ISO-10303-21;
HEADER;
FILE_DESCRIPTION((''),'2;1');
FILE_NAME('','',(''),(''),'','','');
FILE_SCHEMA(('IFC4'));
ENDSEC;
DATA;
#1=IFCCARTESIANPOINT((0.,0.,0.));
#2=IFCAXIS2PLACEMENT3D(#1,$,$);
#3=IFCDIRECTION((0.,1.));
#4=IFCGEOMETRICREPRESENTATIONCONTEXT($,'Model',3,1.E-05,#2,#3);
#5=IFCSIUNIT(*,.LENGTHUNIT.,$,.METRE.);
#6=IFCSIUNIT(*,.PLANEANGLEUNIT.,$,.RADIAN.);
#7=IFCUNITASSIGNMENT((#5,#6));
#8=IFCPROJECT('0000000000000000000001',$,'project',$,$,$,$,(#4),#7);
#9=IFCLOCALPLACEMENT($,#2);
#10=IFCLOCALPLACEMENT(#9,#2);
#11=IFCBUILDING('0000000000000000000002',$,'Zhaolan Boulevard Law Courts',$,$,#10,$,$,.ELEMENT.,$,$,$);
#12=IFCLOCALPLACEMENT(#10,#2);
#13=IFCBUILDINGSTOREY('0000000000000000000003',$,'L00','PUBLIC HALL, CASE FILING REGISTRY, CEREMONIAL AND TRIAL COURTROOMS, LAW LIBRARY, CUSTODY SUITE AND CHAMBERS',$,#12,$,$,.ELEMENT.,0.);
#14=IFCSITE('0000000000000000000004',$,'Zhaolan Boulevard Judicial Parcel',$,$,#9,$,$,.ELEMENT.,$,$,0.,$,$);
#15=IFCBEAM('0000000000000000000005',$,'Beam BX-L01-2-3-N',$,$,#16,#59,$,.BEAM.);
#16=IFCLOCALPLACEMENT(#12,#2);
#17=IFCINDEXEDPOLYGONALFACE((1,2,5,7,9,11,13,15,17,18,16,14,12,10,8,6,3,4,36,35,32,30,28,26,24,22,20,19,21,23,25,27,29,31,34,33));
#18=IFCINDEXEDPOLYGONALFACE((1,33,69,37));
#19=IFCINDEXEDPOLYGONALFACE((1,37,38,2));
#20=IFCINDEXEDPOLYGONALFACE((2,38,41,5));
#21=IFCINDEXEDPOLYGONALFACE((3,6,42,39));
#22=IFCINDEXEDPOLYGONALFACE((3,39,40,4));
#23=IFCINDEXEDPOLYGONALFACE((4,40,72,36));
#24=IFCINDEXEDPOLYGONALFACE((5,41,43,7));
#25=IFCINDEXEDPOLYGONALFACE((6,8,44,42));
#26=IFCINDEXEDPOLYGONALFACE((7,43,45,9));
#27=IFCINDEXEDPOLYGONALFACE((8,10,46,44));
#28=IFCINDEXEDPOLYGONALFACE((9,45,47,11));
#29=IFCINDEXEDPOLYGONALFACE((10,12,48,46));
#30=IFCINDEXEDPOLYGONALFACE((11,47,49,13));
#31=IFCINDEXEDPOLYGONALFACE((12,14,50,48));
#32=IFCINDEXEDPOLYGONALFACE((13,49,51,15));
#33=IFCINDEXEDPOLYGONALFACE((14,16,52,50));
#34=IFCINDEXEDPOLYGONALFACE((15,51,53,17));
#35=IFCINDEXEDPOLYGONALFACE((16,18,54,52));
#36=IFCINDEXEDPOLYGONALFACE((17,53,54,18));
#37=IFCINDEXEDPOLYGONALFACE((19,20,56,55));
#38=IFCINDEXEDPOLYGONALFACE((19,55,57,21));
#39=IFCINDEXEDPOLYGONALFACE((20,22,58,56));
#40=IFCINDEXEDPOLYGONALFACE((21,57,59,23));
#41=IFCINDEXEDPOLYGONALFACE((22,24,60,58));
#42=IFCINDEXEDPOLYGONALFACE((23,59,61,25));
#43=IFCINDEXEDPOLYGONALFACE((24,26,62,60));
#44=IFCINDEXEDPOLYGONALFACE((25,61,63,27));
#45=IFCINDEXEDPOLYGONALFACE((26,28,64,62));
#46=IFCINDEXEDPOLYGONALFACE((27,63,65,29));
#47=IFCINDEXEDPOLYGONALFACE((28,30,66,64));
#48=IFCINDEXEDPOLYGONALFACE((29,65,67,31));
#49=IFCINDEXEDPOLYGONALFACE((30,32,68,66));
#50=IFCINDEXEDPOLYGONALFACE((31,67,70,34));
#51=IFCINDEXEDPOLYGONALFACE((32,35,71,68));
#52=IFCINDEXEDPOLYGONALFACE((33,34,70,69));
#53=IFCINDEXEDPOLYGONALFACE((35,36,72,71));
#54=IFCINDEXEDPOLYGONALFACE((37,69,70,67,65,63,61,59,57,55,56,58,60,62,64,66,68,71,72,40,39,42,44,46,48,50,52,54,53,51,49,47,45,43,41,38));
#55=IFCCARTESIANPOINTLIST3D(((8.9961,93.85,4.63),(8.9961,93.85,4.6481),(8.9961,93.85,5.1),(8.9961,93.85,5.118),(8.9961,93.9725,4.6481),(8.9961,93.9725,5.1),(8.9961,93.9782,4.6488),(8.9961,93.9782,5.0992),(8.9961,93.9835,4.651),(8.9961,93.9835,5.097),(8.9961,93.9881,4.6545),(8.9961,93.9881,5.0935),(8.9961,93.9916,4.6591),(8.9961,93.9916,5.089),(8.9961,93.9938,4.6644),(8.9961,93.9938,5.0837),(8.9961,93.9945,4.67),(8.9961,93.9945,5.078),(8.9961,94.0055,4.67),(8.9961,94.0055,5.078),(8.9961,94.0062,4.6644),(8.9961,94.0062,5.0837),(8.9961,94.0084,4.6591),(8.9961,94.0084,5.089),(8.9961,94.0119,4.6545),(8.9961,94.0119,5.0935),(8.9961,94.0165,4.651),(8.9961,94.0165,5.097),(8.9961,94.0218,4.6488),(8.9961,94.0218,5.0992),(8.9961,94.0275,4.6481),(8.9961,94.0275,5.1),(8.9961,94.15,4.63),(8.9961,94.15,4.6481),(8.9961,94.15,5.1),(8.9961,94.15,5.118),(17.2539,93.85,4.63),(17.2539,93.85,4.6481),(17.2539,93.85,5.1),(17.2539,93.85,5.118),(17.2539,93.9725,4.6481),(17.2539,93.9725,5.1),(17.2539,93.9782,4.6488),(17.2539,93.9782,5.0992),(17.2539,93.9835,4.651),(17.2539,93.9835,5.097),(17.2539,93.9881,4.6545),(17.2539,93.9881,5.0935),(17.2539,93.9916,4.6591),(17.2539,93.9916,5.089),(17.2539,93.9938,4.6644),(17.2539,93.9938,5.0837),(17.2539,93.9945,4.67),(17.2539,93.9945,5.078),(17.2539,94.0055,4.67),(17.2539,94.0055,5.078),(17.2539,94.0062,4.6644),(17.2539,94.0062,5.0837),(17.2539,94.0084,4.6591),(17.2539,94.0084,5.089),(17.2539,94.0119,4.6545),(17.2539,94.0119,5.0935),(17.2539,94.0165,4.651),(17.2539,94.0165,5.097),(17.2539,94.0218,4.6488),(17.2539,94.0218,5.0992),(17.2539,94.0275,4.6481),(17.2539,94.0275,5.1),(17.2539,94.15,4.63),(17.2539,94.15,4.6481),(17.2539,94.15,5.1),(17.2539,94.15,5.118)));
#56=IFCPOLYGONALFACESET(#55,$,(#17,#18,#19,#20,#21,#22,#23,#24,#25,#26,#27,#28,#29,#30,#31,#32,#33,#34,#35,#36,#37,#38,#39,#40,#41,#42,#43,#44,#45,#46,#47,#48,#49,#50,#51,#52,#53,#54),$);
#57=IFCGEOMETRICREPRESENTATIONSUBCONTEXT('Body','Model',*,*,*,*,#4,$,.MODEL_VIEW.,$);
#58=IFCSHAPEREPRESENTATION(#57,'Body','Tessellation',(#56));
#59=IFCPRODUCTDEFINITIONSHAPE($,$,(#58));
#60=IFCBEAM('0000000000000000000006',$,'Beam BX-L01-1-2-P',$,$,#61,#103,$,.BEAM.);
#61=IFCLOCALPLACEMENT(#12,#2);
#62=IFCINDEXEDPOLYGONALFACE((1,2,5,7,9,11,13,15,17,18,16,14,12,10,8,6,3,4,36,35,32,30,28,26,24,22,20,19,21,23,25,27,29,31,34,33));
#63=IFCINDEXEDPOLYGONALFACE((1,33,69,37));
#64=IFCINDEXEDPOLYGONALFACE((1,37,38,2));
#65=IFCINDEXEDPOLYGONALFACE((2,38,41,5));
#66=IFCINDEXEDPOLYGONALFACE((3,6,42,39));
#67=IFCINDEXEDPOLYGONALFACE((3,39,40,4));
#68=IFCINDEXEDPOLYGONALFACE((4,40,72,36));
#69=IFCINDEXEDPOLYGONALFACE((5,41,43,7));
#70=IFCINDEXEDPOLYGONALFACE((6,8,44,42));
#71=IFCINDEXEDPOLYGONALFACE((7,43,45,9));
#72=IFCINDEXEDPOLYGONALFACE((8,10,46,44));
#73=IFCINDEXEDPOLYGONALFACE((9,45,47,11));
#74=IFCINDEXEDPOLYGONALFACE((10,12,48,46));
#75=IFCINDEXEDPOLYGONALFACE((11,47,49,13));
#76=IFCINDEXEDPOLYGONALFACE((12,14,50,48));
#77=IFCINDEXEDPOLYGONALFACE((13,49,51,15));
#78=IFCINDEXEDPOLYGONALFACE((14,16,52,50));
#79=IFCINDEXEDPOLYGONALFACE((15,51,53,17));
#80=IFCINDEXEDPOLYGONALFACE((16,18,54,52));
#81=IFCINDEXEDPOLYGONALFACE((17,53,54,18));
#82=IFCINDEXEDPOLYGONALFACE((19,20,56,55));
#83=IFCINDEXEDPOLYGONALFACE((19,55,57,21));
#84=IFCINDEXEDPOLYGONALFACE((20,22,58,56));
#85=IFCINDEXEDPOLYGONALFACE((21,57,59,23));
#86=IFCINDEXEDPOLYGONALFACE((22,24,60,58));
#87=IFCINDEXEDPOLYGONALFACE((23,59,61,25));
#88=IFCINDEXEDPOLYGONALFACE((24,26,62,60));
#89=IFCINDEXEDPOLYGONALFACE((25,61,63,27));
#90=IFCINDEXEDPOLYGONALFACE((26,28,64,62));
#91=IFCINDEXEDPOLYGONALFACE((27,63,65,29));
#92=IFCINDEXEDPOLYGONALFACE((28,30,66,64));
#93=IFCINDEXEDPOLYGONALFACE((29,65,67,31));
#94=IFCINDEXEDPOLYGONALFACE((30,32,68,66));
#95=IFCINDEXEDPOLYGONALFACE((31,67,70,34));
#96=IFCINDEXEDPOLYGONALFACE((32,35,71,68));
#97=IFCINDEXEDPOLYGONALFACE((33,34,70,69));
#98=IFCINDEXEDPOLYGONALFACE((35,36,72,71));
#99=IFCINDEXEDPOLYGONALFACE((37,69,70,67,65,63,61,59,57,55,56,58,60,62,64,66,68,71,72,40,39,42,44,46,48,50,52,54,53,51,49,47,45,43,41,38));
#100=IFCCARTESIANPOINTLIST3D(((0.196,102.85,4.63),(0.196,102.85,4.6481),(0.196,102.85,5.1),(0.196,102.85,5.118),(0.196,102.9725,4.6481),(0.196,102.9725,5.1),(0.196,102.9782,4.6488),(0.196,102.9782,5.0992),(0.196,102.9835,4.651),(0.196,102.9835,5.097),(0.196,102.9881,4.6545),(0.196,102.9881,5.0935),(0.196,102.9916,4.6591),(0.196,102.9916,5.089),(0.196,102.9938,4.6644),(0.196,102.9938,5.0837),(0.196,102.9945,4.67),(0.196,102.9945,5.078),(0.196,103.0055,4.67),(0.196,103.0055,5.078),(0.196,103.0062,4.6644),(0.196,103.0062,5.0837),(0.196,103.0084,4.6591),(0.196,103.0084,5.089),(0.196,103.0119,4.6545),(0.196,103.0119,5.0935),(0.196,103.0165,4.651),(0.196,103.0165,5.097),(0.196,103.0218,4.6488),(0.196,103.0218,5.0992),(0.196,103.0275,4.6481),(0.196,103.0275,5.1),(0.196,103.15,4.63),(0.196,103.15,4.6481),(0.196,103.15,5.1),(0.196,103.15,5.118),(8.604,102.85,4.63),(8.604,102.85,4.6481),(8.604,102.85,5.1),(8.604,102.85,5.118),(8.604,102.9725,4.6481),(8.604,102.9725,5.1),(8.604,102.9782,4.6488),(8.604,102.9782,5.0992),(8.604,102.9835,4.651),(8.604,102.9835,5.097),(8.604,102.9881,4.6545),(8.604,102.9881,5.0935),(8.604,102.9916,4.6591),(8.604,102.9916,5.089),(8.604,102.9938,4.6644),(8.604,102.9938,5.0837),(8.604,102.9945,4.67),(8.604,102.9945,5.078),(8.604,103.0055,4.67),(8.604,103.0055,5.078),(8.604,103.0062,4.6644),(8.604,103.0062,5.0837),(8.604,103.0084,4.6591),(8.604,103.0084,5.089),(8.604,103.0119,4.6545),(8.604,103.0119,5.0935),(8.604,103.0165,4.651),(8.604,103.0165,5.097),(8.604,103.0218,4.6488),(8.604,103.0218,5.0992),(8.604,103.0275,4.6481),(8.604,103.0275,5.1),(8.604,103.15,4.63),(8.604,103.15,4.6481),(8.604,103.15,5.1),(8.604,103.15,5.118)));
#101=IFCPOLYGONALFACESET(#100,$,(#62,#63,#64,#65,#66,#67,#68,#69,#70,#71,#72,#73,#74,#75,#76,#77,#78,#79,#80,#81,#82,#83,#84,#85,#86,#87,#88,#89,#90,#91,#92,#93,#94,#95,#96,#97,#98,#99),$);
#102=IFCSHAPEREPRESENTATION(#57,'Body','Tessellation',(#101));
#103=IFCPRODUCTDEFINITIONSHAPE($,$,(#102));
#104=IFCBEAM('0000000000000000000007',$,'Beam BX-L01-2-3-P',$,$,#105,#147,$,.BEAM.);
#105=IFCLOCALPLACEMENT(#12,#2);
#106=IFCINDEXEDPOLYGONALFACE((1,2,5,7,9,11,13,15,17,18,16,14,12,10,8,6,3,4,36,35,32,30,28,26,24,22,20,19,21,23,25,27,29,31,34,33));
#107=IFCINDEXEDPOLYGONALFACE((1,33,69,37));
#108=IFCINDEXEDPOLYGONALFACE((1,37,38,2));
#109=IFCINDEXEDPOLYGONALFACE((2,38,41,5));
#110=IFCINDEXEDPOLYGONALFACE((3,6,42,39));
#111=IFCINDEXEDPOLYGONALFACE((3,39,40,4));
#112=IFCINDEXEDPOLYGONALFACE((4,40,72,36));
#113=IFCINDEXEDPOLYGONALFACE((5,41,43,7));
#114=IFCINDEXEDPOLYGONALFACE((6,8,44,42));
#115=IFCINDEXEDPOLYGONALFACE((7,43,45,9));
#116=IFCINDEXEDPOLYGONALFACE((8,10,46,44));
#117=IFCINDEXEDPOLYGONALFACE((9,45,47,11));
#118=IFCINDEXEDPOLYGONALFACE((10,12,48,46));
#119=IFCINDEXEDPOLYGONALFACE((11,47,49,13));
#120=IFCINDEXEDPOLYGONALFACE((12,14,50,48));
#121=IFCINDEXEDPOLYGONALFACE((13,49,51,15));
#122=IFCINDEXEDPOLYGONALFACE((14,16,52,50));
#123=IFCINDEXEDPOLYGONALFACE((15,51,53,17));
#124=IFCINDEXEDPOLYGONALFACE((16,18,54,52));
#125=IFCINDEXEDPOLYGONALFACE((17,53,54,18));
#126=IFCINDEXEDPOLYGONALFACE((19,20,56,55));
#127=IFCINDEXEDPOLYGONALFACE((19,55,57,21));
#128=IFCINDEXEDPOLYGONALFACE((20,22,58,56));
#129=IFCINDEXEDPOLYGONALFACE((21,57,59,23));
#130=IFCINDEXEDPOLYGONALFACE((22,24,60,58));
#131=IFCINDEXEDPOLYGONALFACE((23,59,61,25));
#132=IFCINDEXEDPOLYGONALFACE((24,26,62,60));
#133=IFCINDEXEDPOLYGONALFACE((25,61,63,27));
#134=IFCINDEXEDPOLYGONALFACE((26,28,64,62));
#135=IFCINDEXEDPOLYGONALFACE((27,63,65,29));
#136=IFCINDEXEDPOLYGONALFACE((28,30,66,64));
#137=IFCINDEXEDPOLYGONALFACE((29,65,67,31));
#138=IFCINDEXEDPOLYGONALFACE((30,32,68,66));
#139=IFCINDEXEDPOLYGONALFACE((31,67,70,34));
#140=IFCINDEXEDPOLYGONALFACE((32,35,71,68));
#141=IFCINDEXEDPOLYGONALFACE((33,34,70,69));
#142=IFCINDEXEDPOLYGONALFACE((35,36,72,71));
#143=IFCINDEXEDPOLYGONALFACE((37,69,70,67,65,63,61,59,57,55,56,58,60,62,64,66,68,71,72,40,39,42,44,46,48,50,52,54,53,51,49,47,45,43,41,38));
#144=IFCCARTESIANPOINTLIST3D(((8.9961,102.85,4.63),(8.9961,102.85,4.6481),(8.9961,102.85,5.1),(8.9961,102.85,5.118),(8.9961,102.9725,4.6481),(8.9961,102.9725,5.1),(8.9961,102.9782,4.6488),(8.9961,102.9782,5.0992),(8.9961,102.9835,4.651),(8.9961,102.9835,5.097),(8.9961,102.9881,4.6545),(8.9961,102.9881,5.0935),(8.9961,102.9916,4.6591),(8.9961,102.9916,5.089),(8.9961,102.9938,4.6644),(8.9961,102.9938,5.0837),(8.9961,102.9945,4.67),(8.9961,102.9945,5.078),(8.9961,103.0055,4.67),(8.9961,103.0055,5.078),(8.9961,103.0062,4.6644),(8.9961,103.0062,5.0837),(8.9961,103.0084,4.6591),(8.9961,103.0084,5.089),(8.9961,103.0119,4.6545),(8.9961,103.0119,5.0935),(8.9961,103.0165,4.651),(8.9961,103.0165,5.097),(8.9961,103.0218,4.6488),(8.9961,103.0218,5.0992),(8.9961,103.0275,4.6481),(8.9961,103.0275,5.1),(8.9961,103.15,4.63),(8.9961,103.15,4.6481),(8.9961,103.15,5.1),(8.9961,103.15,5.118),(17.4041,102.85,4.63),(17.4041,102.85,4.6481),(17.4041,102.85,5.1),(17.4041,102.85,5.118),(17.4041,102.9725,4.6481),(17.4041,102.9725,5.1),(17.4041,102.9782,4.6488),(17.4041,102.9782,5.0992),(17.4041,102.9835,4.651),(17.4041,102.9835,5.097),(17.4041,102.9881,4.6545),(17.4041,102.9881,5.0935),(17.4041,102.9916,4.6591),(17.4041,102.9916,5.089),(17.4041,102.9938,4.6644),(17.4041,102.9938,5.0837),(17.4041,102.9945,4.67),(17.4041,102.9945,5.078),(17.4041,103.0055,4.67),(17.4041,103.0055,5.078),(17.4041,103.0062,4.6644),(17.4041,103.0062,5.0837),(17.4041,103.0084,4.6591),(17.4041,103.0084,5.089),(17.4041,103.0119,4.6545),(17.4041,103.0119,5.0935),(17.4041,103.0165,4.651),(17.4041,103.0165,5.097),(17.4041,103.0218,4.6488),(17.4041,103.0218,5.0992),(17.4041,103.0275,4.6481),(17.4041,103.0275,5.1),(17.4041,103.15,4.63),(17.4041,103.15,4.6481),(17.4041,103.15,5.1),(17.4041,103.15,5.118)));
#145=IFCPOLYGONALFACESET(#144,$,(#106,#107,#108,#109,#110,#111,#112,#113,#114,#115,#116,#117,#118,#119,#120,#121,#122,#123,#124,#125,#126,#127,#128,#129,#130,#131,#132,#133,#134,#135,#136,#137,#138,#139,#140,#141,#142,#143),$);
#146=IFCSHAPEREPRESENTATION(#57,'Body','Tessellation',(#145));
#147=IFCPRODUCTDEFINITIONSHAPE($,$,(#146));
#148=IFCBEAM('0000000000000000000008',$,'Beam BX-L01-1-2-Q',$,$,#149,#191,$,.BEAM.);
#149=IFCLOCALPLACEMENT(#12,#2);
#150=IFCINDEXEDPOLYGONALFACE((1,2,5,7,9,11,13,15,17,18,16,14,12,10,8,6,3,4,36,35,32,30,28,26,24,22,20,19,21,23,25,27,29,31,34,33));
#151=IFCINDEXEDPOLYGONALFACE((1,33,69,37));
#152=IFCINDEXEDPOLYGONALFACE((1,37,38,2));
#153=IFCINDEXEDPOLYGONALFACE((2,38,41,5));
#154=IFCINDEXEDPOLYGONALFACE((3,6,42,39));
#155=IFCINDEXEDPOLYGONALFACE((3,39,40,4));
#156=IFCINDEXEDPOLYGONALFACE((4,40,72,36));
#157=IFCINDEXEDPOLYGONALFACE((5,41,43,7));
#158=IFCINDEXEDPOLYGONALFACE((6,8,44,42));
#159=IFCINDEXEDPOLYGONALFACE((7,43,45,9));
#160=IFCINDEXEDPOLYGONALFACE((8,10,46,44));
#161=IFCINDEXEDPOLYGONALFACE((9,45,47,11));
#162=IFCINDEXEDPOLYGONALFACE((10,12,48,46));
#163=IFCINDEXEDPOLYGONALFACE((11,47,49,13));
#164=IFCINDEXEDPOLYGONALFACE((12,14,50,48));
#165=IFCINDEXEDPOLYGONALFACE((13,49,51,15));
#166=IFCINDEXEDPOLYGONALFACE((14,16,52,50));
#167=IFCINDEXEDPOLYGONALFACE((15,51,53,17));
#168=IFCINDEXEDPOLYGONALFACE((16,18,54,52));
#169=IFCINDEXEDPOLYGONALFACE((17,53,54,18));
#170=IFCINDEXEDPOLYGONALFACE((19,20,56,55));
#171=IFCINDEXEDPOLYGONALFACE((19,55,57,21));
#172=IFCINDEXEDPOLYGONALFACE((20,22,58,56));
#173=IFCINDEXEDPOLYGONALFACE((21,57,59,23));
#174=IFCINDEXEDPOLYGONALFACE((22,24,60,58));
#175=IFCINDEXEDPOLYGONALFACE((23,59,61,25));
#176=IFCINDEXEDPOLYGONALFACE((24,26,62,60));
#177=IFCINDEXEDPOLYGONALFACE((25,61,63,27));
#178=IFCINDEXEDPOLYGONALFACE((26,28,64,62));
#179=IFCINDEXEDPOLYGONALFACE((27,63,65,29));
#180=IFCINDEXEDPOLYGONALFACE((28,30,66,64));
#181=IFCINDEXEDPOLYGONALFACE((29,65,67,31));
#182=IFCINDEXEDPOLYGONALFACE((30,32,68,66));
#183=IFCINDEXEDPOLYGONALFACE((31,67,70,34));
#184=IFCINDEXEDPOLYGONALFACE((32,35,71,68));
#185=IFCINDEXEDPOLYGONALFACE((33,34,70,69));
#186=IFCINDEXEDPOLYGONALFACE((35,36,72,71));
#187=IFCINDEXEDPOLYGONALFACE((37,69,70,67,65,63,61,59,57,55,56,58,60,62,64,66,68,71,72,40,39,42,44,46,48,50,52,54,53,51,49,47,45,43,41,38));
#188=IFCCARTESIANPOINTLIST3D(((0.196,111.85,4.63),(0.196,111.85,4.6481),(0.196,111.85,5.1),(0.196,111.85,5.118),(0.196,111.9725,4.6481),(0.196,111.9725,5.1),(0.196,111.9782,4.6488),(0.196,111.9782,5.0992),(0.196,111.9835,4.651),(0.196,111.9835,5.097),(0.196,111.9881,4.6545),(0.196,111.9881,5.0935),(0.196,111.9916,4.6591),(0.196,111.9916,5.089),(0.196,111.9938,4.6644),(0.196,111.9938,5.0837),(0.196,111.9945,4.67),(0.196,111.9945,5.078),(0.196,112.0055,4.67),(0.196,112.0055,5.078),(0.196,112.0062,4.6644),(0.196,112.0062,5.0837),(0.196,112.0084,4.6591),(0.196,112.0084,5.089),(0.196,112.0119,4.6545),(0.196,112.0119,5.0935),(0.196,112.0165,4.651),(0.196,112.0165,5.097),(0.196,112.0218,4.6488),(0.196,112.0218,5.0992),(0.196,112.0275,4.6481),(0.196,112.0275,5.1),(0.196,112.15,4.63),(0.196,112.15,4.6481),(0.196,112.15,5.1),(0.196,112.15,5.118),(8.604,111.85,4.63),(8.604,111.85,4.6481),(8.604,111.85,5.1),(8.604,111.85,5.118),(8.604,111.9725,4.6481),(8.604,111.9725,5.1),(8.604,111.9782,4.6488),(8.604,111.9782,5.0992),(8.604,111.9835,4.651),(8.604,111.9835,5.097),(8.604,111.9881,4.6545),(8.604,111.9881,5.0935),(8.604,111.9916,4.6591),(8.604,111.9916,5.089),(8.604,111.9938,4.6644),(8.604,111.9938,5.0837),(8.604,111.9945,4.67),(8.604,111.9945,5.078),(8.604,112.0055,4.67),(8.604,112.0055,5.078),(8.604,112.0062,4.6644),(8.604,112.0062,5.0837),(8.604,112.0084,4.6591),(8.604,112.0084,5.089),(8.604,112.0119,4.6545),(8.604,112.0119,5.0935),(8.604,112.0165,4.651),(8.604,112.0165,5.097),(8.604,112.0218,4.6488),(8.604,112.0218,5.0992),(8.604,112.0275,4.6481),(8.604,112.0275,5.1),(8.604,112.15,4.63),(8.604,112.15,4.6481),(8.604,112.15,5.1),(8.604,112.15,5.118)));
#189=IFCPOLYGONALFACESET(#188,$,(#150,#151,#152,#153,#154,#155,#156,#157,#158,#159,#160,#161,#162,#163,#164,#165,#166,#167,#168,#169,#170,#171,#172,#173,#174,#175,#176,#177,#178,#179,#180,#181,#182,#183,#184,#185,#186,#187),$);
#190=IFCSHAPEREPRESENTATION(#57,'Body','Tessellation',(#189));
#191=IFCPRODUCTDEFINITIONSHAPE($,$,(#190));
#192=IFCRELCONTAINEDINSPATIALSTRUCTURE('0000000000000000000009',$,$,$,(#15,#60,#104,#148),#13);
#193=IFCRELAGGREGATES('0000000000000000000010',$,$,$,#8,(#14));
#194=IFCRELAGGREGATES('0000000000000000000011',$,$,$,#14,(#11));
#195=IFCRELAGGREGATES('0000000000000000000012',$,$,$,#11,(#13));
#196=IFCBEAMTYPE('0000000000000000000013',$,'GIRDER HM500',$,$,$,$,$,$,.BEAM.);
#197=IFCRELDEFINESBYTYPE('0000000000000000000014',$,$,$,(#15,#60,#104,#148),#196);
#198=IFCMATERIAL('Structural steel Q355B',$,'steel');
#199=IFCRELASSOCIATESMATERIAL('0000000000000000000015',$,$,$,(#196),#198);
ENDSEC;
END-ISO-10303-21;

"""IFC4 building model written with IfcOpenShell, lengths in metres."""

from ifc_helpers import new_model, si_unit, direction, frame, origin, origin_2d, place, context, subcontext, project, spatial, i_section, extrude, material, material_profile, profile_set, type_object, element, save


model = new_model("IFC4")

# Units and contexts
model_context = context("Model", 3, precision=1e-05, world=origin(), true_north=direction((0.0, 1.0)))
body_context = subcontext(model_context, "Body", "Model", "MODEL_VIEW")
ifc_project = project(units=[si_unit("LENGTHUNIT", "METRE"), si_unit("PLANEANGLEUNIT", "RADIAN")], contexts=[model_context])

# Site, building, storey
site_placement = place(None, origin())
site = spatial("IfcSite", under=ifc_project, at=site_placement, Name="Zhaolan Boulevard Judicial Parcel", CompositionType="ELEMENT", RefElevation=0.0)
building_placement = place(site_placement, origin())
building = spatial("IfcBuilding", under=site, at=building_placement, Name="Zhaolan Boulevard Law Courts", CompositionType="ELEMENT")
storey_placement = place(building_placement, origin())
storey = spatial("IfcBuildingStorey", under=building, at=storey_placement, Name="L00", Description="PUBLIC HALL, CASE FILING REGISTRY, CEREMONIAL AND TRIAL COURTROOMS, LAW LIBRARY, CUSTODY SUITE AND CHAMBERS", CompositionType="ELEMENT", Elevation=0.0)

# Beams
ifc_material_1 = material(Name="Structural steel Q355B", Category="steel")
ifc_material_profile_1 = material_profile(ifc_material_1, i_section(OverallWidth=0.3, OverallDepth=0.488, WebThickness=0.011, FlangeThickness=0.0181, FilletRadius=0.022, at=origin_2d()), Name="HM488x300")
ifc_profile_set_1 = profile_set([ifc_material_profile_1], Name="Structural steel Q355B")
beam_type_1 = type_object("IfcBeamType", Name="GIRDER HM500", PredefinedType="BEAM", material=ifc_profile_set_1)
beam_1_placement = place(storey_placement, frame((8.9961, 94.0, 4.874), z_axis=(1.0, 0.0, 0.0), x_axis=(0.0, 1.0, 0.0)))
element("IfcBeam", 1, at=beam_1_placement, inside=storey, type_object=beam_type_1, Name="Beam BX-L01-2-3-N", PredefinedType="BEAM", context=body_context, shape_type="SweptSolid", body=[
    extrude(i_section(OverallWidth=0.3, OverallDepth=0.488, WebThickness=0.011, FlangeThickness=0.0181, FilletRadius=0.022, at=origin_2d()), origin(), (0.0, 0.0, 1.0), 8.2578),
])
for number, where, z_axis, x_axis, name in (
    (2, (0.196, 103.0, 4.874), (1.0, 0.0, 0.0), (0.0, 1.0, 0.0), "Beam BX-L01-1-2-P"),
    (3, (8.9961, 103.0, 4.874), (1.0, 0.0, 0.0), (0.0, 1.0, 0.0), "Beam BX-L01-2-3-P"),
    (4, (0.196, 112.0, 4.874), (1.0, 0.0, 0.0), (0.0, 1.0, 0.0), "Beam BX-L01-1-2-Q"),
):
    element("IfcBeam", number, at=place(storey_placement, frame(where, z_axis=z_axis, x_axis=x_axis)), inside=storey, type_object=beam_type_1, Name=name, PredefinedType="BEAM", context=body_context, shape_type="SweptSolid", body=[
        extrude(i_section(OverallWidth=0.3, OverallDepth=0.488, WebThickness=0.011, FlangeThickness=0.0181, FilletRadius=0.022, at=origin_2d()), origin(), (0.0, 0.0, 1.0), 8.408),
    ])

save(model, "model.ifc")
